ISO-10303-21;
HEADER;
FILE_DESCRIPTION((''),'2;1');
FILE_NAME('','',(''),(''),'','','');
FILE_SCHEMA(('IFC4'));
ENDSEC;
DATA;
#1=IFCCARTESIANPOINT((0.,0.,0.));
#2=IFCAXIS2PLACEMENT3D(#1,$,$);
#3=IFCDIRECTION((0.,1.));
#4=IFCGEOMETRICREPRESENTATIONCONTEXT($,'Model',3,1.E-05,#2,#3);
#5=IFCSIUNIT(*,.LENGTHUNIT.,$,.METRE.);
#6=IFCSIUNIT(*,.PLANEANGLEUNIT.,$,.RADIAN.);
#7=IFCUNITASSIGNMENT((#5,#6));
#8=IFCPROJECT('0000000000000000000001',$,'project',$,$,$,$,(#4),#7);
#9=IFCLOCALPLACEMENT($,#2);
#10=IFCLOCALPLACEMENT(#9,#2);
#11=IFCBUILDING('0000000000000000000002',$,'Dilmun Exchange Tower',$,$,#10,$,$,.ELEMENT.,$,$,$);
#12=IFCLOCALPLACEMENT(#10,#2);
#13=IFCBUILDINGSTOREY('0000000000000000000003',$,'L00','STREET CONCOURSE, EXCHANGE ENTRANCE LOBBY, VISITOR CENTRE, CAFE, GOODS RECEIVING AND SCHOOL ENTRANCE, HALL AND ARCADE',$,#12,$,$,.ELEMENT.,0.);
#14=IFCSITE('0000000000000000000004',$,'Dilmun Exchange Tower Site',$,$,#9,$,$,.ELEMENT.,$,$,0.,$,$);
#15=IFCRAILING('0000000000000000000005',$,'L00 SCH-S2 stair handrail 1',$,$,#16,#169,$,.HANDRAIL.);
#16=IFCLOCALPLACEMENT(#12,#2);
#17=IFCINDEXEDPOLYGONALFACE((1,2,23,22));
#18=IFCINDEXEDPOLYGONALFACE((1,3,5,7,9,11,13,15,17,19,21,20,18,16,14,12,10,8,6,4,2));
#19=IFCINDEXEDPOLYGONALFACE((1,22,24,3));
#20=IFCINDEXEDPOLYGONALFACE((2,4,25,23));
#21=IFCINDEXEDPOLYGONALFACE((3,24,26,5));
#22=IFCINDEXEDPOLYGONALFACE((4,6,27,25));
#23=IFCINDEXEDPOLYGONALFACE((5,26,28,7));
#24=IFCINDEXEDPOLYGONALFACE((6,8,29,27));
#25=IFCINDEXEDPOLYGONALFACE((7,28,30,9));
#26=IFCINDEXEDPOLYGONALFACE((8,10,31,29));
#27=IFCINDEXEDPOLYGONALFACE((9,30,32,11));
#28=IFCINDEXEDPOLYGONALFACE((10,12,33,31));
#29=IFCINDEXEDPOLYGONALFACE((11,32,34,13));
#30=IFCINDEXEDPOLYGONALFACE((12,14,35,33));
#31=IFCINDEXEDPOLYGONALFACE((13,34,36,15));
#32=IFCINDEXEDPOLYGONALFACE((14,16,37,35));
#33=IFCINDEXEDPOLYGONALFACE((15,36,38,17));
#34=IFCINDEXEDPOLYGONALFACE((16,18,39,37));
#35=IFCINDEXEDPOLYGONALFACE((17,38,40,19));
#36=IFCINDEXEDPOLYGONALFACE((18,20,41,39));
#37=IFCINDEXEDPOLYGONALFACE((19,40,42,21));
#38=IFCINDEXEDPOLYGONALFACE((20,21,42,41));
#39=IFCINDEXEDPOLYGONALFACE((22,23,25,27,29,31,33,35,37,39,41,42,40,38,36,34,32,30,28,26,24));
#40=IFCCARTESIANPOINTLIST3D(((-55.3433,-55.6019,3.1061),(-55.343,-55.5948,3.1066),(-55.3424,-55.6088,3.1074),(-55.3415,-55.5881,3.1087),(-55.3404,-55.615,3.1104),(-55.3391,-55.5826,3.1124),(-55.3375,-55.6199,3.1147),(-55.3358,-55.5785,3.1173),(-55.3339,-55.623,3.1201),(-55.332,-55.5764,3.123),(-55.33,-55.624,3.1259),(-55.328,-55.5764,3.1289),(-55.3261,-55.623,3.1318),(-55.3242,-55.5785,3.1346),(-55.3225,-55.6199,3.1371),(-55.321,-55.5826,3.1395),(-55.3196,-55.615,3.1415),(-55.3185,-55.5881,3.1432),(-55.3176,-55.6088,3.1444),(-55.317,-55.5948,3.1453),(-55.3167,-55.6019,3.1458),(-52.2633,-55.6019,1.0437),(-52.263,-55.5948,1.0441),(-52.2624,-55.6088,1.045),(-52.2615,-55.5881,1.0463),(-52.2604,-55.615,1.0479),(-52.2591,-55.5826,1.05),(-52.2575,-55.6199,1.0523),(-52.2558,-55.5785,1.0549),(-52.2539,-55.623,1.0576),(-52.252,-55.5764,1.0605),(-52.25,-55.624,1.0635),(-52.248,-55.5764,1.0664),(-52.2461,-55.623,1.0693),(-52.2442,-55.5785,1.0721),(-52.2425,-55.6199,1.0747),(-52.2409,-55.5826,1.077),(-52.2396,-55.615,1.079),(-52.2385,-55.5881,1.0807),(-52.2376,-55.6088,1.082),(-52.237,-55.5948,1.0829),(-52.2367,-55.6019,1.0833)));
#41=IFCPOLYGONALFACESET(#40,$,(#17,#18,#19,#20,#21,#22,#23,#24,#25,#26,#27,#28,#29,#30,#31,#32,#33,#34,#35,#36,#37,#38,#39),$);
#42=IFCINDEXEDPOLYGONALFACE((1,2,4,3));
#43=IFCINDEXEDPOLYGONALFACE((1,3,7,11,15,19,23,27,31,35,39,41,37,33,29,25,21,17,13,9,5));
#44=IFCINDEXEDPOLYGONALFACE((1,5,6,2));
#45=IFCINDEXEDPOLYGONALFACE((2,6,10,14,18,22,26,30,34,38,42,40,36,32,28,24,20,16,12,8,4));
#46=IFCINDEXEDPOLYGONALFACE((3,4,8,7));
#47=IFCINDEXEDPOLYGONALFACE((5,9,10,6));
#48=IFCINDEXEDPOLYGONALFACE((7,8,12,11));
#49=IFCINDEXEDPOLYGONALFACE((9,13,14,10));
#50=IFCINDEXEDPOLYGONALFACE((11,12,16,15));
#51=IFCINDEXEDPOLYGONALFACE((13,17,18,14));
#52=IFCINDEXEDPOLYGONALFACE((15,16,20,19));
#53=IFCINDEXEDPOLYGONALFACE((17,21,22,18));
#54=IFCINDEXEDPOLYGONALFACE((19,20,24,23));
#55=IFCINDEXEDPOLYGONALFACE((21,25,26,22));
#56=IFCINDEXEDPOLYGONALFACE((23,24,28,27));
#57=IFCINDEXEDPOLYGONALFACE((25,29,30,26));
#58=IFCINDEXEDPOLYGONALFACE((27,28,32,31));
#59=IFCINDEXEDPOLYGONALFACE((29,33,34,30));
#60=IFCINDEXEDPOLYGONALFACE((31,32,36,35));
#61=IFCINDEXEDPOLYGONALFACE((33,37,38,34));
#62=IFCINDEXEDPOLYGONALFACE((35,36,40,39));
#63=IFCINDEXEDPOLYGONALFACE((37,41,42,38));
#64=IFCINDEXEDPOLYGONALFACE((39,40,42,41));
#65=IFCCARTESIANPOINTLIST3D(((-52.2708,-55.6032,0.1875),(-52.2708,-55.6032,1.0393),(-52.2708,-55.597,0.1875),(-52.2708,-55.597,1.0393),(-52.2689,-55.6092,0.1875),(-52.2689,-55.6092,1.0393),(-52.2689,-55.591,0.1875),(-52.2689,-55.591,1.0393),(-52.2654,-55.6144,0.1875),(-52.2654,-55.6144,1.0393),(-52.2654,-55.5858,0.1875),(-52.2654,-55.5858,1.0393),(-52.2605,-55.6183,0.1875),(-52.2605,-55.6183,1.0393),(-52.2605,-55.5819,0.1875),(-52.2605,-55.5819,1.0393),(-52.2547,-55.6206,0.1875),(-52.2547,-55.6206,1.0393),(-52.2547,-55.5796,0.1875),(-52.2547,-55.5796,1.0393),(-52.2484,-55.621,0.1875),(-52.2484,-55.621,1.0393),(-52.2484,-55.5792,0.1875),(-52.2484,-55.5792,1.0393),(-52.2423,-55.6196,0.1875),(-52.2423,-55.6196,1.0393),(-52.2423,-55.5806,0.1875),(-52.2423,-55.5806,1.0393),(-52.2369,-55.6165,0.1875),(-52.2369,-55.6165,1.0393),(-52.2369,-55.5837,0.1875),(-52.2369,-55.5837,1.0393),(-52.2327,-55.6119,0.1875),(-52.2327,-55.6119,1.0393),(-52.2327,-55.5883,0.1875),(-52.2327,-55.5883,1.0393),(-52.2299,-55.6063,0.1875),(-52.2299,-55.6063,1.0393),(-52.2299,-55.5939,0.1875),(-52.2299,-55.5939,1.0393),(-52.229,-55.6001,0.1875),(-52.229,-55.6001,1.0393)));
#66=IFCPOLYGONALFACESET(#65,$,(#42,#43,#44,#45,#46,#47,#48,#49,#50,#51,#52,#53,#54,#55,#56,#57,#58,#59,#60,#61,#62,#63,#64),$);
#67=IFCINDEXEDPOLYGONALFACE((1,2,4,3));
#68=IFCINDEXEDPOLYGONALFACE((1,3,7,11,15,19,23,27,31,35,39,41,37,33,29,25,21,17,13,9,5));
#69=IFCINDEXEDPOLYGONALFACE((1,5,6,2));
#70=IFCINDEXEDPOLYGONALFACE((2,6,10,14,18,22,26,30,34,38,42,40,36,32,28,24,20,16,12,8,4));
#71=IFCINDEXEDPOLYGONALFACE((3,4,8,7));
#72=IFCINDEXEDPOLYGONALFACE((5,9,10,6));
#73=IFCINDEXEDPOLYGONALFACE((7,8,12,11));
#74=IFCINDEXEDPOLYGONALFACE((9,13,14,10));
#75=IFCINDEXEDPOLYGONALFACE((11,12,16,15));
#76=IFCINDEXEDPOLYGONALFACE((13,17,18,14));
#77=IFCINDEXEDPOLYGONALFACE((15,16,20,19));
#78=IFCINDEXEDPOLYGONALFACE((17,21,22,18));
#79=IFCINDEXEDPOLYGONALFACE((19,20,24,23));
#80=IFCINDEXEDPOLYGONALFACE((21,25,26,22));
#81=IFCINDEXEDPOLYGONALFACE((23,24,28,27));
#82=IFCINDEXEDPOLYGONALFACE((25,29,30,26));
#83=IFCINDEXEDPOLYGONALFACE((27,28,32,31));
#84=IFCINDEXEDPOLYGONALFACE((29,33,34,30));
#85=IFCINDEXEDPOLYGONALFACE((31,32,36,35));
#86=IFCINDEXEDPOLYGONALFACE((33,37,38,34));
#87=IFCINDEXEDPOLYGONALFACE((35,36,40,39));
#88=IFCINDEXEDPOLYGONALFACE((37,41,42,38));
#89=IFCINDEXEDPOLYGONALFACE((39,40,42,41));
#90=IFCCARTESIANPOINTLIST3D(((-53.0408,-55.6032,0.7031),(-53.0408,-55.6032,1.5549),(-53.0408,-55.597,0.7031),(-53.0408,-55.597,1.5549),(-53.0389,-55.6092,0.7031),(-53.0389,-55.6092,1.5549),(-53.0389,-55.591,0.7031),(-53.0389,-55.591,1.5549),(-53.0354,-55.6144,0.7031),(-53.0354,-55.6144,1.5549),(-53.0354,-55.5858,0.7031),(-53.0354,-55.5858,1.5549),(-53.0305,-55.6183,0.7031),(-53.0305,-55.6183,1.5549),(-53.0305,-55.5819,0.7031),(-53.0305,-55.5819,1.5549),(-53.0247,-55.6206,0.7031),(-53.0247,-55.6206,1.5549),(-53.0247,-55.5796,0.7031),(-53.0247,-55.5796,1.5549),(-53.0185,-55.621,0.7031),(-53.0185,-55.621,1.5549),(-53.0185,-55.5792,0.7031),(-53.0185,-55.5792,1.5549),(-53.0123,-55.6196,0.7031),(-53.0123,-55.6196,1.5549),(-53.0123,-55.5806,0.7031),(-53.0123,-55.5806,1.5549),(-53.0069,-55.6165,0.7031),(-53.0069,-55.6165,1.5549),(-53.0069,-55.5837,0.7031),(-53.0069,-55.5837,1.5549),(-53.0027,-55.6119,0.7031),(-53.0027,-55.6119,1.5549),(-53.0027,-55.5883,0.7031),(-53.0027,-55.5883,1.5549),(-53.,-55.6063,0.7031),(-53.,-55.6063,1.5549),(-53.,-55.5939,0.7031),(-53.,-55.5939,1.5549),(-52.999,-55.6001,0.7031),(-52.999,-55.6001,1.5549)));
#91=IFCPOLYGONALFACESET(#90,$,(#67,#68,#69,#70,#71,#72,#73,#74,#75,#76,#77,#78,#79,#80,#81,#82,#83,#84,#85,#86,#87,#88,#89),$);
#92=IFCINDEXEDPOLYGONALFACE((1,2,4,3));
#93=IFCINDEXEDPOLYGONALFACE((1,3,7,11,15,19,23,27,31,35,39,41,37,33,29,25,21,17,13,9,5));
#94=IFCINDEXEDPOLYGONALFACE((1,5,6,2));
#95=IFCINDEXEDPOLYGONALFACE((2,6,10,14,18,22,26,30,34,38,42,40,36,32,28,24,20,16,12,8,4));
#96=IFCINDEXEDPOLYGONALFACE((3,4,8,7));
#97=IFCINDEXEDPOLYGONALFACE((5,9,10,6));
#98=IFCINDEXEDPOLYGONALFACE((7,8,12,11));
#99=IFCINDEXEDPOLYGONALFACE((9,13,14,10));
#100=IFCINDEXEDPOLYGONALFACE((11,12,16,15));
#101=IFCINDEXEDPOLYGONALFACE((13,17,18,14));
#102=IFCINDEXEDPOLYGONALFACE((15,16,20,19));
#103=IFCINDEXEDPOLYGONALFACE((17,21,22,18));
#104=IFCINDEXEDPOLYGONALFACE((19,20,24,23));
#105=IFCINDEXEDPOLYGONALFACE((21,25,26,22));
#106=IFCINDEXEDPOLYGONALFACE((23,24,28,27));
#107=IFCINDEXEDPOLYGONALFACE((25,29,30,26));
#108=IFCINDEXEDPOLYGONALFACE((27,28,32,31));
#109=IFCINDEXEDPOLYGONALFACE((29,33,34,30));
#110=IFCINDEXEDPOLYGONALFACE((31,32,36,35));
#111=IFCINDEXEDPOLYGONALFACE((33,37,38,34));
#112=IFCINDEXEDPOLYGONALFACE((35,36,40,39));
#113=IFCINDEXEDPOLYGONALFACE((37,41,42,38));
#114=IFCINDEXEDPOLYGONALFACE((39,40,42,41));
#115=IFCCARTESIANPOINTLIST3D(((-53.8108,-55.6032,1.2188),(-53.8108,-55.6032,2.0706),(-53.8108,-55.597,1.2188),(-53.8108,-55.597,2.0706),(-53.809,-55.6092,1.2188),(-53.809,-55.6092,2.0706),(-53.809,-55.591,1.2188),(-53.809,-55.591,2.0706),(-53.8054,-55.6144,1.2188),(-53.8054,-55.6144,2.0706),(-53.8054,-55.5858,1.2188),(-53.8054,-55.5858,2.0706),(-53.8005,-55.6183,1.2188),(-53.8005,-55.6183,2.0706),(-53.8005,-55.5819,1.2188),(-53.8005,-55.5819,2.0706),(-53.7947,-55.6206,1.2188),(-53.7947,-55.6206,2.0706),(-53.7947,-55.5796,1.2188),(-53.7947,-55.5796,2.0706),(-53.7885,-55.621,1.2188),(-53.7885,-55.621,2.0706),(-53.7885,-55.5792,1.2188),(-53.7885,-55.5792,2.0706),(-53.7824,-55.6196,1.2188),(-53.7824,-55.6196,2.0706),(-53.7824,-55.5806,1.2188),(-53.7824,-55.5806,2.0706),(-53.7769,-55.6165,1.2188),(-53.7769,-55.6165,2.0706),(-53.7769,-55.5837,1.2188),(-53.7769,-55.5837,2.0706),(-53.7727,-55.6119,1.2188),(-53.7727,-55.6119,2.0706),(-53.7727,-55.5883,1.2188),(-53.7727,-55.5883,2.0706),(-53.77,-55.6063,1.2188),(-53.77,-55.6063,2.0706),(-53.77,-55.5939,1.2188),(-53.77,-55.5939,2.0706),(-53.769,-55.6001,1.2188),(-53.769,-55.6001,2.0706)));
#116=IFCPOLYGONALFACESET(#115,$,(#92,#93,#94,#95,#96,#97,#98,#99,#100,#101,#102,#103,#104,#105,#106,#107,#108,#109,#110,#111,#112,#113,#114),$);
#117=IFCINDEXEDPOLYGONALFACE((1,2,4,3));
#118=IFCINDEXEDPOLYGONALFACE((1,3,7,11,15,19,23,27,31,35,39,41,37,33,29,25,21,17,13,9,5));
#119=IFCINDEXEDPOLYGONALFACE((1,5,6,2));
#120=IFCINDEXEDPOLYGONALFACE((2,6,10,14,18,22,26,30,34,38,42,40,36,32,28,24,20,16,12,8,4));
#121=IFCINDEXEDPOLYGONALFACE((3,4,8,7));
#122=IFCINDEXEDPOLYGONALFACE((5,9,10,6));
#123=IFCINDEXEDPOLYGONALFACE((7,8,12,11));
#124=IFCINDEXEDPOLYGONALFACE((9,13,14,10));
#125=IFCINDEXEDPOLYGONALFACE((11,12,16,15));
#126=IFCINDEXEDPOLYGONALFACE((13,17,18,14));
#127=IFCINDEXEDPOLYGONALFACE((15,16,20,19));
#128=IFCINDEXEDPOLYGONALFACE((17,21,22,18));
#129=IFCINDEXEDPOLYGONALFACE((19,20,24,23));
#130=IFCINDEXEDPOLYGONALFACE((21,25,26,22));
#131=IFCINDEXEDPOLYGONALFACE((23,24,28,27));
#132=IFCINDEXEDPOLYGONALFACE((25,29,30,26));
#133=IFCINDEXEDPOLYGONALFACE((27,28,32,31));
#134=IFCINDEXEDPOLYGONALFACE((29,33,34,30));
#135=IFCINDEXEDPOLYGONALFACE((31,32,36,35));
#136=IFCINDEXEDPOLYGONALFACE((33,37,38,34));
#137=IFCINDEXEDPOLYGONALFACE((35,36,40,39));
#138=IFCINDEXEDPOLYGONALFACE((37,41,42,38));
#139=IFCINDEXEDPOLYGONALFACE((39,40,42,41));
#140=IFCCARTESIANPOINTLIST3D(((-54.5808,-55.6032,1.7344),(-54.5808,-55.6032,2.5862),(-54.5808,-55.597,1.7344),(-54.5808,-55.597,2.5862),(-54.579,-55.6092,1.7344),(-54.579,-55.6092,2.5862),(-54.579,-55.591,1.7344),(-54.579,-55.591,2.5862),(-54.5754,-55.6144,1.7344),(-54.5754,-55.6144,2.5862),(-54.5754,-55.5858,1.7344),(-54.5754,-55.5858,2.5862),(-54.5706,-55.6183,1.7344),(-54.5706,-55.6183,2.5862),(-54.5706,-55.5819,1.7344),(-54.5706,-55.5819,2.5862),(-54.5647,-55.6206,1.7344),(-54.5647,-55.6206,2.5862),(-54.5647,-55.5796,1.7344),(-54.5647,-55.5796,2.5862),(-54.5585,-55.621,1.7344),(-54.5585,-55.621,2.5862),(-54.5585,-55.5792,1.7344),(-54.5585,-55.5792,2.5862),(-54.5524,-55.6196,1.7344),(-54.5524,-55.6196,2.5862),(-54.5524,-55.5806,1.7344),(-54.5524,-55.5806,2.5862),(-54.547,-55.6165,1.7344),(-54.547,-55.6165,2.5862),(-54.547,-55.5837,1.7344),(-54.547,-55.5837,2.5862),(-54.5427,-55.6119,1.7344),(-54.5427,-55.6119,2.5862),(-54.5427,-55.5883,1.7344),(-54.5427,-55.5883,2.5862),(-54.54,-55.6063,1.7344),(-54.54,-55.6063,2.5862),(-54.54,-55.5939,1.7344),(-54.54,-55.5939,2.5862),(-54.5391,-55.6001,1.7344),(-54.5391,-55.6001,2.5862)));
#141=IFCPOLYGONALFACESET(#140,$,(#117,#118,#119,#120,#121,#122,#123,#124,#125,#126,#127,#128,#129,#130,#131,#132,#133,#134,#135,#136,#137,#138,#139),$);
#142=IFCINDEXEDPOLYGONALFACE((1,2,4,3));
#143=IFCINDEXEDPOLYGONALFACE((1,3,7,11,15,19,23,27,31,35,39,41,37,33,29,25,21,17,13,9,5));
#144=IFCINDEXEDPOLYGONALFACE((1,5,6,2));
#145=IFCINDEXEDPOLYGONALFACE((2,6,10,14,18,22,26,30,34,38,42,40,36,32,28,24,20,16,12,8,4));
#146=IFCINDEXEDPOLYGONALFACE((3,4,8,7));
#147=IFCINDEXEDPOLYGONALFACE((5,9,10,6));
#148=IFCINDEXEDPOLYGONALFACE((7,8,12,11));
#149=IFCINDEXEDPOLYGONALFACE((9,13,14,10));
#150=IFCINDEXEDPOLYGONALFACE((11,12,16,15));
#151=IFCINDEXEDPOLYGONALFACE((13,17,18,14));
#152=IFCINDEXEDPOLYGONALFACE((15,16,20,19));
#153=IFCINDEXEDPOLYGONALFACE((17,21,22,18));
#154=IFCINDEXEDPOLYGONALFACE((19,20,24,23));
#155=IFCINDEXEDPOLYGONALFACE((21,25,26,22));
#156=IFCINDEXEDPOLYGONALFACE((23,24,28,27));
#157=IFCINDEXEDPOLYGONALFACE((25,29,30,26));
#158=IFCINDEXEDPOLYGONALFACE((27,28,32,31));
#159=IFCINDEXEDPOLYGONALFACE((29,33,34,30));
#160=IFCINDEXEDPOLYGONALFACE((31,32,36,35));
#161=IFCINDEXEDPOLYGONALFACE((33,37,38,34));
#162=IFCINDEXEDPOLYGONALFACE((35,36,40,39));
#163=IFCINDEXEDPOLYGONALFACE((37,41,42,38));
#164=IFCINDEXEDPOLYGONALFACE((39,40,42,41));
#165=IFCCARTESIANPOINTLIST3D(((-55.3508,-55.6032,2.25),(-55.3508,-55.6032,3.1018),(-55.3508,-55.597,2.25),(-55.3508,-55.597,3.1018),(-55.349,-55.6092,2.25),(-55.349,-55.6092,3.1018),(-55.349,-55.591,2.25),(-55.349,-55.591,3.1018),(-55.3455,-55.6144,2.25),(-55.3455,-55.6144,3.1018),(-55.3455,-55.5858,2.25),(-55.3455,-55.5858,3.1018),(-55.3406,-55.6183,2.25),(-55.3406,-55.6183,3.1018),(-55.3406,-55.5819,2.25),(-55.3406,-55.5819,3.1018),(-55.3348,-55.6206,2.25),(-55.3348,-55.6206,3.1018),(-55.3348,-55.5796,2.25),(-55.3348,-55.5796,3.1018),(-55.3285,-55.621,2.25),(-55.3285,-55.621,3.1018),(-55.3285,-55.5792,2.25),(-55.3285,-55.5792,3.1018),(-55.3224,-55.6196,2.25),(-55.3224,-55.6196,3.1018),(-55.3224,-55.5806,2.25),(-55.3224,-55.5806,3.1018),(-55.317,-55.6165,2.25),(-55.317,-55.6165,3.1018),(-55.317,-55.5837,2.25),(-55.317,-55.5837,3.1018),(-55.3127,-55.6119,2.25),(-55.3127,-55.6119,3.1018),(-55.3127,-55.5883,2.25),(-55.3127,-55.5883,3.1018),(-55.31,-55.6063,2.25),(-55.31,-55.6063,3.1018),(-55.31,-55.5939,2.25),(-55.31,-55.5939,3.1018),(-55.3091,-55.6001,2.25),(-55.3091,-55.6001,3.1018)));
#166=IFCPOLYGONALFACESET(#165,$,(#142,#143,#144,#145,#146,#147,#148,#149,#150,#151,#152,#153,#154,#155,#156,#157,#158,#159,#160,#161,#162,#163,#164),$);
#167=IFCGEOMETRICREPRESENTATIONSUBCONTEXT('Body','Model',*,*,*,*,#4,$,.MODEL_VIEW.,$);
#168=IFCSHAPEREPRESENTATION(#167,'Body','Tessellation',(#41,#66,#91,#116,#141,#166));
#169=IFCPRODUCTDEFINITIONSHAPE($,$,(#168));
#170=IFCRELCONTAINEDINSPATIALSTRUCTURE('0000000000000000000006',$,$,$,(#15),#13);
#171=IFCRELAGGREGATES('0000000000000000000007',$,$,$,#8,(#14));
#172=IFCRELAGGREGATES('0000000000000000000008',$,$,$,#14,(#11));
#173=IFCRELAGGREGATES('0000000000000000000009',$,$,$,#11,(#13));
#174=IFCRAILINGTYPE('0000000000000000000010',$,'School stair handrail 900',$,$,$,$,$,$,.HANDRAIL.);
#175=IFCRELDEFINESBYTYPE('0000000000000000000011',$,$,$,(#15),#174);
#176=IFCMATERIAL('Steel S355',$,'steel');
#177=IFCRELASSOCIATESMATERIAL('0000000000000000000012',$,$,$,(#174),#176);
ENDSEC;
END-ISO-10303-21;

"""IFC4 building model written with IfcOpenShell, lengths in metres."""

from ifc_helpers import new_model, si_unit, direction, frame, origin, origin_2d, place, context, subcontext, project, spatial, circle, extrude, material, type_object, element, save


model = new_model("IFC4")

# Units and contexts
model_context = context("Model", 3, precision=1e-05, world=origin(), true_north=direction((0.0, 1.0)))
body_context = subcontext(model_context, "Body", "Model", "MODEL_VIEW")
ifc_project = project(units=[si_unit("LENGTHUNIT", "METRE"), si_unit("PLANEANGLEUNIT", "RADIAN")], contexts=[model_context])

# Site, building, storey
site_placement = place(None, origin())
site = spatial("IfcSite", under=ifc_project, at=site_placement, Name="Dilmun Exchange Tower Site", CompositionType="ELEMENT", RefElevation=0.0)
building_placement = place(site_placement, origin())
building = spatial("IfcBuilding", under=site, at=building_placement, Name="Dilmun Exchange Tower", CompositionType="ELEMENT")
storey_placement = place(building_placement, origin())
storey = spatial("IfcBuildingStorey", under=building, at=storey_placement, Name="L00", Description="STREET CONCOURSE, EXCHANGE ENTRANCE LOBBY, VISITOR CENTRE, CAFE, GOODS RECEIVING AND SCHOOL ENTRANCE, HALL AND ARCADE", CompositionType="ELEMENT", Elevation=0.0)

# Railing
ifc_material_1 = material(Name="Steel S355", Category="steel")
railing_type = type_object("IfcRailingType", Name="School stair handrail 900", PredefinedType="HANDRAIL", material=ifc_material_1)
railing_placement = place(storey_placement, frame((-52.25, -55.6001, 0.1875)))
element("IfcRailing", 1, at=railing_placement, inside=storey, type_object=railing_type, Name="L00 SCH-S2 stair handrail 1", PredefinedType="HANDRAIL", context=body_context, shape_type="SweptSolid", body=[
    extrude(circle(Radius=0.0239, at=origin_2d()), frame((0.0, 0.0, 0.876), z_axis=(-0.830914, 0.0, 0.556401), x_axis=(0.0, -1.0, 0.0)), (0.0, 0.0, 1.0), 3.7068),
    extrude(circle(Radius=0.021, at=origin_2d()), origin(), (0.0, 0.0, 1.0), 0.8518),
    extrude(circle(Radius=0.021, at=origin_2d()), frame((-0.77, 0.0, 0.5156)), (0.0, 0.0, 1.0), 0.8518),
    extrude(circle(Radius=0.021, at=origin_2d()), frame((-1.54, 0.0, 1.0312)), (0.0, 0.0, 1.0), 0.8518),
    extrude(circle(Radius=0.021, at=origin_2d()), frame((-2.3101, 0.0, 1.5469)), (0.0, 0.0, 1.0), 0.8518),
    extrude(circle(Radius=0.021, at=origin_2d()), frame((-3.0801, 0.0, 2.0625)), (0.0, 0.0, 1.0), 0.8518),
])

save(model, "model.ifc")
